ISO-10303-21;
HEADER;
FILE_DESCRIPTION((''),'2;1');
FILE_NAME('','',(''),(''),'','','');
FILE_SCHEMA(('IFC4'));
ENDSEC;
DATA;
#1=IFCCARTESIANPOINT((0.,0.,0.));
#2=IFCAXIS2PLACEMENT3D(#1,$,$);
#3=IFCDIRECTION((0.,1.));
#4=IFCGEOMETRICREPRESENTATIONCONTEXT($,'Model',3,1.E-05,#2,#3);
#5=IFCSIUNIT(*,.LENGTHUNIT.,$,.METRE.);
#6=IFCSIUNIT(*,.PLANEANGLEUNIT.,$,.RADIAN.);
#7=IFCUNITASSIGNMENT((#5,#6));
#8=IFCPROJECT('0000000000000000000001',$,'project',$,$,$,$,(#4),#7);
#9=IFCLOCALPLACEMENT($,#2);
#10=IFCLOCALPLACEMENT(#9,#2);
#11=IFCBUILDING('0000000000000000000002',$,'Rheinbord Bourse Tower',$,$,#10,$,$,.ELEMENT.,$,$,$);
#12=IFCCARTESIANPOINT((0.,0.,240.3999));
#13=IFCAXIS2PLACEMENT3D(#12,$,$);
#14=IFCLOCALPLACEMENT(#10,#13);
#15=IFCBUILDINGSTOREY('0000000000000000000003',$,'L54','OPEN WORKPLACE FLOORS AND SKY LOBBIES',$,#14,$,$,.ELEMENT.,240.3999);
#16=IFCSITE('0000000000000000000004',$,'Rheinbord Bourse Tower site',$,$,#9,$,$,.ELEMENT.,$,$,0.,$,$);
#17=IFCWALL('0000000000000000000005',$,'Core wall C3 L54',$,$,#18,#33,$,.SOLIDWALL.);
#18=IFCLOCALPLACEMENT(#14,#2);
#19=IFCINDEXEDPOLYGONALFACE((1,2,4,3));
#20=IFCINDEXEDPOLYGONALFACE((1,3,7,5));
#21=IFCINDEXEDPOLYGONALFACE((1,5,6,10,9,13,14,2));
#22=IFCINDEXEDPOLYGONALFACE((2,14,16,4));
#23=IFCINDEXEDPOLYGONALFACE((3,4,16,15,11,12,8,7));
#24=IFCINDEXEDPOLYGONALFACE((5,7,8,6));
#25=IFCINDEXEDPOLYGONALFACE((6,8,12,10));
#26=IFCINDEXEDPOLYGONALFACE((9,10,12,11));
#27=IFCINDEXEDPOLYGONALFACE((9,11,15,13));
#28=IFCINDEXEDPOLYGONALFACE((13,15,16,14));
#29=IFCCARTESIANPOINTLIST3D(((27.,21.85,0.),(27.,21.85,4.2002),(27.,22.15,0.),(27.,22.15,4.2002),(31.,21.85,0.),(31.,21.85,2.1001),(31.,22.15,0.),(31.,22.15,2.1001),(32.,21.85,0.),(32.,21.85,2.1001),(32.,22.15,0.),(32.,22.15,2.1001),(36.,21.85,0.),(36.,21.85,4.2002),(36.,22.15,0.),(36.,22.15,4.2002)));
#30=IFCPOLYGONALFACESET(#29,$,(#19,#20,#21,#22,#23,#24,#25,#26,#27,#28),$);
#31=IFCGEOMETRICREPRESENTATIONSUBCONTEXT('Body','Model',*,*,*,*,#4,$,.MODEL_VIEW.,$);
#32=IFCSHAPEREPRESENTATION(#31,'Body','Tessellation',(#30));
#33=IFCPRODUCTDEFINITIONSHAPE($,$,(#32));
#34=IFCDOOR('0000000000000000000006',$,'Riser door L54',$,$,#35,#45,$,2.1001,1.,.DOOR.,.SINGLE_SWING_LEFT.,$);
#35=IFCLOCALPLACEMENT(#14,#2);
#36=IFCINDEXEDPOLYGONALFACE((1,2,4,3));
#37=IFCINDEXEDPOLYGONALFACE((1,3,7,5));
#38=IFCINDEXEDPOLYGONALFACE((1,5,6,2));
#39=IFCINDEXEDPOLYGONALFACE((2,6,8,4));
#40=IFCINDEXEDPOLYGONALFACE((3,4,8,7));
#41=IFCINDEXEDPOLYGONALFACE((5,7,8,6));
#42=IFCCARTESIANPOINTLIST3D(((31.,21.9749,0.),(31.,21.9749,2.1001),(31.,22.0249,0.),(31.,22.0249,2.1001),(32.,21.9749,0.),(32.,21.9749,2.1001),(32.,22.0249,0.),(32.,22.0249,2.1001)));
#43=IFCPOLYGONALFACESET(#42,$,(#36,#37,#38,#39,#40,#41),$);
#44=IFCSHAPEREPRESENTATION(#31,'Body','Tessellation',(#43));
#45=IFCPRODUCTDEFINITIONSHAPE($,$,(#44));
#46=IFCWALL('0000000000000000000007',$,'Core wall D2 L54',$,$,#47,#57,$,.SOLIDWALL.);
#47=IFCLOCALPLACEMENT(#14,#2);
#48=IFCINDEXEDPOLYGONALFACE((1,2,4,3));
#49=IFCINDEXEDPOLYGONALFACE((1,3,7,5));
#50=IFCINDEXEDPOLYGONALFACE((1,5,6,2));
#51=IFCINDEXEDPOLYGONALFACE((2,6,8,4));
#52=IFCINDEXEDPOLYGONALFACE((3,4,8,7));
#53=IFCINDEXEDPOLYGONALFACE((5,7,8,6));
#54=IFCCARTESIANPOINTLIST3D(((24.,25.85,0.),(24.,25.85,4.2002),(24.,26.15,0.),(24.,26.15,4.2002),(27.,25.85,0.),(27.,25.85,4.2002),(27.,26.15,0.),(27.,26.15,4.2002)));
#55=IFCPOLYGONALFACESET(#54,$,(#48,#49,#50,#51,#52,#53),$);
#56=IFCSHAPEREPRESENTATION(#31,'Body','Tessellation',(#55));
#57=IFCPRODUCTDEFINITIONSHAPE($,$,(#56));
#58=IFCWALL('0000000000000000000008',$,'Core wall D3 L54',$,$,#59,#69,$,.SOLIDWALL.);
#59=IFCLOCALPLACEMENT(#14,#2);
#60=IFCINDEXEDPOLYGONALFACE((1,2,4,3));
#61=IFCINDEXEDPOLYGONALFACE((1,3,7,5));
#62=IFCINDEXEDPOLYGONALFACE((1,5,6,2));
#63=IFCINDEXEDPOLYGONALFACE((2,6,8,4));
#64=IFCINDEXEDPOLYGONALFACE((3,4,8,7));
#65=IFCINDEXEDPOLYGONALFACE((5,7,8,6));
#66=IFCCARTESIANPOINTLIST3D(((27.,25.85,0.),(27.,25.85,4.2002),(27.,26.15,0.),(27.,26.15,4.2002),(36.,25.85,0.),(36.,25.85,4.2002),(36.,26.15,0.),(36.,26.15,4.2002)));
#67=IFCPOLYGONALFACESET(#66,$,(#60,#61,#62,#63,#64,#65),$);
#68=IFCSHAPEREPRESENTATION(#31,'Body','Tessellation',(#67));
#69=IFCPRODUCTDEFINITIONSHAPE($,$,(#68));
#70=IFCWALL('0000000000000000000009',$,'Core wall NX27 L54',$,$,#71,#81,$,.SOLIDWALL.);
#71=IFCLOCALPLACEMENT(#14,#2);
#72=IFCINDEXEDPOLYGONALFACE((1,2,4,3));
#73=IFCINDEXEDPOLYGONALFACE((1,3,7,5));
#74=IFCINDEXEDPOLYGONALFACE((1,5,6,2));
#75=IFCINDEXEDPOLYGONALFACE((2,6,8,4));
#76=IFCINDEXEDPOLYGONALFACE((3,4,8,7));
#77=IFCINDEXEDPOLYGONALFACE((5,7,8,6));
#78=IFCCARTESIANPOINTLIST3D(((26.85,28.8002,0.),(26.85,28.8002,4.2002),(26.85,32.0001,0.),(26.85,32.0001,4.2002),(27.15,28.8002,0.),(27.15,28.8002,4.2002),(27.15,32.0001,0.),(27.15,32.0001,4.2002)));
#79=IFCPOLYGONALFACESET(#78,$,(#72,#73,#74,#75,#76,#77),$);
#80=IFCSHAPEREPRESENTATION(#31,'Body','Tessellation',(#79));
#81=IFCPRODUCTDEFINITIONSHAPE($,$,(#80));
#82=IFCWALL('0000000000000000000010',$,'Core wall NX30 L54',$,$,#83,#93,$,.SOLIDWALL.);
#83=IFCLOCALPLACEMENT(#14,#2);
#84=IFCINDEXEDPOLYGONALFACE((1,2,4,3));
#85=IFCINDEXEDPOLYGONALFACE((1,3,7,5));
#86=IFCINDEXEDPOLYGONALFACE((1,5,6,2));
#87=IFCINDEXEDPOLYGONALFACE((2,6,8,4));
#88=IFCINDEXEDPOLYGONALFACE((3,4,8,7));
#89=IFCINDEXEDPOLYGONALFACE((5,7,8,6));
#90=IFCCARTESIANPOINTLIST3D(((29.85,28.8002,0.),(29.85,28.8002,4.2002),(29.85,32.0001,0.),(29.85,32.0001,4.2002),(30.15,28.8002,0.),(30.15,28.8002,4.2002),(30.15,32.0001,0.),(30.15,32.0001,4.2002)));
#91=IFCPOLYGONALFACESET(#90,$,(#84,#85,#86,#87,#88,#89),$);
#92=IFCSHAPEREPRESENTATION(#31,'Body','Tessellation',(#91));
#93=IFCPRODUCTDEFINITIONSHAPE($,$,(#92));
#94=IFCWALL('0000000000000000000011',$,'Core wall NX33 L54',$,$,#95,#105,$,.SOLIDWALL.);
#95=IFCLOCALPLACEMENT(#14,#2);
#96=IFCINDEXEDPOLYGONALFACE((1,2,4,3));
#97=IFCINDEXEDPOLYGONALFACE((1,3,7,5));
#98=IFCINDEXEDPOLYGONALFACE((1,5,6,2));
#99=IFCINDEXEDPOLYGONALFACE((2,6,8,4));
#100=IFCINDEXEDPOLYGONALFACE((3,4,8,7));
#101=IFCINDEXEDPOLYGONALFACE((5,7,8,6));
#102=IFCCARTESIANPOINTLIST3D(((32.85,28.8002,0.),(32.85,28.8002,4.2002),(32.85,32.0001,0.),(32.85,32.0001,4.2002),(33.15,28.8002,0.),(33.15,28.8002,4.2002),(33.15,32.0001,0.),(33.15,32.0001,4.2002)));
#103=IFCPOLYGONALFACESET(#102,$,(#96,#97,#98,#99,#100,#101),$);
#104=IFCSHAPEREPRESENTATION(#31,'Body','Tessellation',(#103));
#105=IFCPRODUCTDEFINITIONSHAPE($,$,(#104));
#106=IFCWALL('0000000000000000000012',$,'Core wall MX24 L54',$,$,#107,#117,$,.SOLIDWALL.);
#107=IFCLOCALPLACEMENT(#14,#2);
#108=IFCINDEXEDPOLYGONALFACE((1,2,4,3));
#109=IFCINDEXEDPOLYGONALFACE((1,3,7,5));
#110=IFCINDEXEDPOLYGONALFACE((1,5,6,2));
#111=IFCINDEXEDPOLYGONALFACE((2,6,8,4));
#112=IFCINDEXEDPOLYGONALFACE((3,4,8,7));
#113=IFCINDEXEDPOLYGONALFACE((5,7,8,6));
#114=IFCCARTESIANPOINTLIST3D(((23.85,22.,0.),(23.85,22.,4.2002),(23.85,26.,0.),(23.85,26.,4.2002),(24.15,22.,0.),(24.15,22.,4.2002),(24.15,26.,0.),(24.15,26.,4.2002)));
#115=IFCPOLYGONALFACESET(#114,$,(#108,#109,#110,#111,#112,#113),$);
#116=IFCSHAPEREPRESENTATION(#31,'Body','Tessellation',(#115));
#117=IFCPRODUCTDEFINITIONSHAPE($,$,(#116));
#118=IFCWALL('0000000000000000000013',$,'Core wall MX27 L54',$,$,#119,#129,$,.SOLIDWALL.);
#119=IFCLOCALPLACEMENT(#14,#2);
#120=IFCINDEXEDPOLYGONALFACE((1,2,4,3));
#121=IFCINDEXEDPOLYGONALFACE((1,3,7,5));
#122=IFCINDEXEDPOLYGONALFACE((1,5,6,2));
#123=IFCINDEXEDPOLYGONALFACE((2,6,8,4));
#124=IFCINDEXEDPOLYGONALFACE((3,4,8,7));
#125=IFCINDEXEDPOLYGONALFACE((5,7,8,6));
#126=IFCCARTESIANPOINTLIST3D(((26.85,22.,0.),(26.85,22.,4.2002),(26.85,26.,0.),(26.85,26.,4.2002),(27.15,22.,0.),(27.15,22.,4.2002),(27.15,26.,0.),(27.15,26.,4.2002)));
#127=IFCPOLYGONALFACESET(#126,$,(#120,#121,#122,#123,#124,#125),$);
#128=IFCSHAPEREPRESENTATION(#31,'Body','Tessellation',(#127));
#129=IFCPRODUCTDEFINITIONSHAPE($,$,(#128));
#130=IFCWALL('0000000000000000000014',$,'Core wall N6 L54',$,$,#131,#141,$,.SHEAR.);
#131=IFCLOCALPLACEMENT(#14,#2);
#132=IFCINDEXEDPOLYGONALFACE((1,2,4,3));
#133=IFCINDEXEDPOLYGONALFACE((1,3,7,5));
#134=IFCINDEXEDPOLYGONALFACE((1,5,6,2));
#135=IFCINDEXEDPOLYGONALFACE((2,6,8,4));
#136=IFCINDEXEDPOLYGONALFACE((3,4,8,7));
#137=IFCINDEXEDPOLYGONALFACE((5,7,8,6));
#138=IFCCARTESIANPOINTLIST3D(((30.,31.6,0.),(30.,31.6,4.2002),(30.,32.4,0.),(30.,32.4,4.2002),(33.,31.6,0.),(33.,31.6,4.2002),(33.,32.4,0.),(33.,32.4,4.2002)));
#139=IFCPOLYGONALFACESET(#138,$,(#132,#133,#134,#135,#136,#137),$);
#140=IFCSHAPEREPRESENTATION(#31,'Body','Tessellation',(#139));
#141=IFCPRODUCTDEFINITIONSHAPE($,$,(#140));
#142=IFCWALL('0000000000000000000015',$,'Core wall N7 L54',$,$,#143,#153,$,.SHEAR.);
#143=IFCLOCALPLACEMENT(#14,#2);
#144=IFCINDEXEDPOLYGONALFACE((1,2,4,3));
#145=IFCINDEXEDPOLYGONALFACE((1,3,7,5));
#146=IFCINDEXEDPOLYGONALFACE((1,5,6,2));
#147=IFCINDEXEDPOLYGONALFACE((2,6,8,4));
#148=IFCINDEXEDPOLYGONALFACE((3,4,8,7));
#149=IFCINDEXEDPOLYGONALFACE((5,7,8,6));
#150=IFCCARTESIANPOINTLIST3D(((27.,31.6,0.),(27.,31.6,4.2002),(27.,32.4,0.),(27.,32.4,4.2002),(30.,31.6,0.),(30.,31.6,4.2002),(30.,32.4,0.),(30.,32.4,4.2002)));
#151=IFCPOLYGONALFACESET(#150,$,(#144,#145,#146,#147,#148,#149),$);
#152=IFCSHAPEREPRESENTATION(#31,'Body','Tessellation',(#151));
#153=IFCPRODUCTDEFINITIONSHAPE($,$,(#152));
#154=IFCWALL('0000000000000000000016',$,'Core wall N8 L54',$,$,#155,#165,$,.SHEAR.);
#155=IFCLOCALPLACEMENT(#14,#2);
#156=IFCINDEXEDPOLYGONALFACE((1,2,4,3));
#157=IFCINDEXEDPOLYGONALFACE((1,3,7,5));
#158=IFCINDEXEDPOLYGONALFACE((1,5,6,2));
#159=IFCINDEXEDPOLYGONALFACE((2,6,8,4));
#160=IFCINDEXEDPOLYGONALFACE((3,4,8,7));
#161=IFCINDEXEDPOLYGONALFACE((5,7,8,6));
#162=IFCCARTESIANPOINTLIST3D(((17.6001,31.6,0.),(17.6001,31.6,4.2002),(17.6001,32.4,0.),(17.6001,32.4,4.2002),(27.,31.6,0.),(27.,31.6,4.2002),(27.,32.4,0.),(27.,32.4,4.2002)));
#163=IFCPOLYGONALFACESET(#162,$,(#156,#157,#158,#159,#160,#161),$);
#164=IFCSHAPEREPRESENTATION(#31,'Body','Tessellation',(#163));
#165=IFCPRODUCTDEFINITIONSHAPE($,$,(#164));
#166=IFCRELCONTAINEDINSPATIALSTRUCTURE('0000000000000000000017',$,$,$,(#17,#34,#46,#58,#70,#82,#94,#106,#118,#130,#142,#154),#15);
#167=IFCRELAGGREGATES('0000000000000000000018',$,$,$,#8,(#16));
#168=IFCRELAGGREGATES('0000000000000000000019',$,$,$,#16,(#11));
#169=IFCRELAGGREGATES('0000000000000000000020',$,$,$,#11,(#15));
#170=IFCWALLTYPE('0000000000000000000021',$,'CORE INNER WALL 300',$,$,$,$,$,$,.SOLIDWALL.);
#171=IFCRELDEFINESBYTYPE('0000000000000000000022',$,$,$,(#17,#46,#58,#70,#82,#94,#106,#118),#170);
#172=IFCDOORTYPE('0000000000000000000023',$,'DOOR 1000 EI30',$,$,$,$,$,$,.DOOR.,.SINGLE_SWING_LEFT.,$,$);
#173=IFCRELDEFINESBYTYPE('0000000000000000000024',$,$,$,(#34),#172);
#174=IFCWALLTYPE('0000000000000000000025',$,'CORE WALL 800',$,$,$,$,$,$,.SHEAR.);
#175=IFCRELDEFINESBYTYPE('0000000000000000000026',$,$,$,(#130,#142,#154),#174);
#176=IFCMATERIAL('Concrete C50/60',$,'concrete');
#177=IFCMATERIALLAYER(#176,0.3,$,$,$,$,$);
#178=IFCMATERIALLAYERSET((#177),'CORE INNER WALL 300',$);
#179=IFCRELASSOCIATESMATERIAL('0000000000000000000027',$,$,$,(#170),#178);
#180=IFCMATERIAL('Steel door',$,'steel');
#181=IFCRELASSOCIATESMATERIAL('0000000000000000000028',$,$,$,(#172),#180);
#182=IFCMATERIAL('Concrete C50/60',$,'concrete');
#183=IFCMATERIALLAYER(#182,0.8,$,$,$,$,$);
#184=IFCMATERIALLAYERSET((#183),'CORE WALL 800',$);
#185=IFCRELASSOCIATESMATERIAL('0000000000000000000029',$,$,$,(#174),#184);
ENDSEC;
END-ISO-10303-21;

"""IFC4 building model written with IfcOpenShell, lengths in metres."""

from ifc_helpers import new_model, si_unit, direction, frame, frame_2d, origin, place, context, subcontext, project, spatial, rectangle, extrude, material, layer, layer_set, type_object, element, fill, save


model = new_model("IFC4")

# Units and contexts
model_context = context("Model", 3, precision=1e-05, world=origin(), true_north=direction((0.0, 1.0)))
body_context = subcontext(model_context, "Body", "Model", "MODEL_VIEW")
ifc_project = project(units=[si_unit("LENGTHUNIT", "METRE"), si_unit("PLANEANGLEUNIT", "RADIAN")], contexts=[model_context])

# Site, building, storey
site_placement = place(None, origin())
site = spatial("IfcSite", under=ifc_project, at=site_placement, Name="Rheinbord Bourse Tower site", CompositionType="ELEMENT", RefElevation=0.0)
building_placement = place(site_placement, origin())
building = spatial("IfcBuilding", under=site, at=building_placement, Name="Rheinbord Bourse Tower", CompositionType="ELEMENT")
storey_placement = place(building_placement, frame((0.0, 0.0, 240.3999)))
storey = spatial("IfcBuildingStorey", under=building, at=storey_placement, Name="L54", Description="OPEN WORKPLACE FLOORS AND SKY LOBBIES", CompositionType="ELEMENT", Elevation=240.3999)

# Wall, opening, door
ifc_material_1 = material(Name="Concrete C50/60", Category="concrete")
ifc_layer_1 = layer(ifc_material_1, 0.3)
ifc_layer_set_1 = layer_set([ifc_layer_1], Name="CORE INNER WALL 300")
wall_type_1 = type_object("IfcWallType", Name="CORE INNER WALL 300", PredefinedType="SOLIDWALL", material=ifc_layer_set_1)
wall_1_placement = place(storey_placement, frame((27.0, 22.0, 0.0), z_axis=(0.0, 0.0, 1.0), x_axis=(1.0, 0.0, 0.0)))
wall_1 = element("IfcWall", 1, at=wall_1_placement, inside=storey, type_object=wall_type_1, Name="Core wall C3 L54", PredefinedType="SOLIDWALL", context=body_context, shape_type="SweptSolid", body=[
    extrude(rectangle(XDim=9.0, YDim=0.3, at=frame_2d((4.5, 0.0))), origin(), (0.0, 0.0, 1.0), 4.2002),
])
opening_1_placement = place(wall_1_placement, frame((4.0, 0.0, 0.0)))
opening_1 = element("IfcOpeningElement", 2, at=opening_1_placement, cuts=wall_1, PredefinedType="OPENING", context=body_context, shape_type="SweptSolid", body=[
    extrude(rectangle(XDim=1.0, YDim=2.1001, at=frame_2d((0.5, 1.05))), frame((0.0, 0.1599, 0.0), z_axis=(0.0, -1.0, 0.0), x_axis=(1.0, 0.0, 0.0)), (0.0, 0.0, 1.0), 0.3201),
])
ifc_material_2 = material(Name="Steel door", Category="steel")
door_type_1 = type_object("IfcDoorType", Name="DOOR 1000 EI30", OperationType="SINGLE_SWING_LEFT", PredefinedType="DOOR", material=ifc_material_2)
door_1_placement = place(opening_1_placement, origin())
door_1 = element("IfcDoor", 3, at=door_1_placement, inside=storey, type_object=door_type_1, Name="Riser door L54", OperationType="SINGLE_SWING_LEFT", OverallHeight=2.1001, OverallWidth=1.0, PredefinedType="DOOR", context=body_context, shape_type="SweptSolid", body=[
    extrude(rectangle(XDim=1.0, YDim=2.1001, at=frame_2d((0.5, 1.05))), frame((0.0, 0.0249, 0.0), z_axis=(0.0, -1.0, 0.0), x_axis=(1.0, 0.0, 0.0)), (0.0, 0.0, 1.0), 0.05),
])
fill(opening_1, door_1)

# Walls
wall_2_placement = place(storey_placement, frame((24.0, 26.0, 0.0), z_axis=(0.0, 0.0, 1.0), x_axis=(1.0, 0.0, 0.0)))
element("IfcWall", 4, at=wall_2_placement, inside=storey, type_object=wall_type_1, Name="Core wall D2 L54", PredefinedType="SOLIDWALL", context=body_context, shape_type="SweptSolid", body=[
    extrude(rectangle(XDim=3.0, YDim=0.3, at=frame_2d((1.5, 0.0))), origin(), (0.0, 0.0, 1.0), 4.2002),
])
wall_3_placement = place(storey_placement, frame((27.0, 26.0, 0.0), z_axis=(0.0, 0.0, 1.0), x_axis=(1.0, 0.0, 0.0)))
element("IfcWall", 5, at=wall_3_placement, inside=storey, type_object=wall_type_1, Name="Core wall D3 L54", PredefinedType="SOLIDWALL", context=body_context, shape_type="SweptSolid", body=[
    extrude(rectangle(XDim=9.0, YDim=0.3, at=frame_2d((4.5, 0.0))), origin(), (0.0, 0.0, 1.0), 4.2002),
])
for number, where, z_axis, x_axis, name in (
    (6, (27.0, 28.8, 0.0), (0.0, 0.0, 1.0), (0.0, 1.0, 0.0), "Core wall NX27 L54"),
    (7, (30.0, 28.8, 0.0), (0.0, 0.0, 1.0), (0.0, 1.0, 0.0), "Core wall NX30 L54"),
    (8, (33.0, 28.8, 0.0), (0.0, 0.0, 1.0), (0.0, 1.0, 0.0), "Core wall NX33 L54"),
):
    element("IfcWall", number, at=place(storey_placement, frame(where, z_axis=z_axis, x_axis=x_axis)), inside=storey, type_object=wall_type_1, Name=name, PredefinedType="SOLIDWALL", context=body_context, shape_type="SweptSolid", body=[
        extrude(rectangle(XDim=3.2, YDim=0.3, at=frame_2d((1.6001, 0.0))), origin(), (0.0, 0.0, 1.0), 4.2002),
    ])
for number, where, z_axis, x_axis, name in (
    (9, (24.0, 22.0, 0.0), (0.0, 0.0, 1.0), (0.0, 1.0, 0.0), "Core wall MX24 L54"),
    (10, (27.0, 22.0, 0.0), (0.0, 0.0, 1.0), (0.0, 1.0, 0.0), "Core wall MX27 L54"),
):
    element("IfcWall", number, at=place(storey_placement, frame(where, z_axis=z_axis, x_axis=x_axis)), inside=storey, type_object=wall_type_1, Name=name, PredefinedType="SOLIDWALL", context=body_context, shape_type="SweptSolid", body=[
        extrude(rectangle(XDim=4.0, YDim=0.3, at=frame_2d((2.0, 0.0))), origin(), (0.0, 0.0, 1.0), 4.2002),
    ])
ifc_material_3 = material(Name="Concrete C50/60", Category="concrete")
ifc_layer_2 = layer(ifc_material_3, 0.8)
ifc_layer_set_2 = layer_set([ifc_layer_2], Name="CORE WALL 800")
wall_type_2 = type_object("IfcWallType", Name="CORE WALL 800", PredefinedType="SHEAR", material=ifc_layer_set_2)
for number, where, z_axis, x_axis, name in (
    (11, (33.0, 32.0, 0.0), (0.0, 0.0, 1.0), (-1.0, 0.0, 0.0), "Core wall N6 L54"),
    (12, (30.0, 32.0, 0.0), (0.0, 0.0, 1.0), (-1.0, 0.0, 0.0), "Core wall N7 L54"),
):
    element("IfcWall", number, at=place(storey_placement, frame(where, z_axis=z_axis, x_axis=x_axis)), inside=storey, type_object=wall_type_2, Name=name, PredefinedType="SHEAR", context=body_context, shape_type="SweptSolid", body=[
        extrude(rectangle(XDim=3.0, YDim=0.8, at=frame_2d((1.5, 0.0))), origin(), (0.0, 0.0, 1.0), 4.2002),
    ])
wall_4_placement = place(storey_placement, frame((27.0, 32.0, 0.0), z_axis=(0.0, 0.0, 1.0), x_axis=(-1.0, 0.0, 0.0)))
element("IfcWall", 13, at=wall_4_placement, inside=storey, type_object=wall_type_2, Name="Core wall N8 L54", PredefinedType="SHEAR", context=body_context, shape_type="SweptSolid", body=[
    extrude(rectangle(XDim=9.3999, YDim=0.8, at=frame_2d((4.7, 0.0))), origin(), (0.0, 0.0, 1.0), 4.2002),
])

save(model, "model.ifc")
